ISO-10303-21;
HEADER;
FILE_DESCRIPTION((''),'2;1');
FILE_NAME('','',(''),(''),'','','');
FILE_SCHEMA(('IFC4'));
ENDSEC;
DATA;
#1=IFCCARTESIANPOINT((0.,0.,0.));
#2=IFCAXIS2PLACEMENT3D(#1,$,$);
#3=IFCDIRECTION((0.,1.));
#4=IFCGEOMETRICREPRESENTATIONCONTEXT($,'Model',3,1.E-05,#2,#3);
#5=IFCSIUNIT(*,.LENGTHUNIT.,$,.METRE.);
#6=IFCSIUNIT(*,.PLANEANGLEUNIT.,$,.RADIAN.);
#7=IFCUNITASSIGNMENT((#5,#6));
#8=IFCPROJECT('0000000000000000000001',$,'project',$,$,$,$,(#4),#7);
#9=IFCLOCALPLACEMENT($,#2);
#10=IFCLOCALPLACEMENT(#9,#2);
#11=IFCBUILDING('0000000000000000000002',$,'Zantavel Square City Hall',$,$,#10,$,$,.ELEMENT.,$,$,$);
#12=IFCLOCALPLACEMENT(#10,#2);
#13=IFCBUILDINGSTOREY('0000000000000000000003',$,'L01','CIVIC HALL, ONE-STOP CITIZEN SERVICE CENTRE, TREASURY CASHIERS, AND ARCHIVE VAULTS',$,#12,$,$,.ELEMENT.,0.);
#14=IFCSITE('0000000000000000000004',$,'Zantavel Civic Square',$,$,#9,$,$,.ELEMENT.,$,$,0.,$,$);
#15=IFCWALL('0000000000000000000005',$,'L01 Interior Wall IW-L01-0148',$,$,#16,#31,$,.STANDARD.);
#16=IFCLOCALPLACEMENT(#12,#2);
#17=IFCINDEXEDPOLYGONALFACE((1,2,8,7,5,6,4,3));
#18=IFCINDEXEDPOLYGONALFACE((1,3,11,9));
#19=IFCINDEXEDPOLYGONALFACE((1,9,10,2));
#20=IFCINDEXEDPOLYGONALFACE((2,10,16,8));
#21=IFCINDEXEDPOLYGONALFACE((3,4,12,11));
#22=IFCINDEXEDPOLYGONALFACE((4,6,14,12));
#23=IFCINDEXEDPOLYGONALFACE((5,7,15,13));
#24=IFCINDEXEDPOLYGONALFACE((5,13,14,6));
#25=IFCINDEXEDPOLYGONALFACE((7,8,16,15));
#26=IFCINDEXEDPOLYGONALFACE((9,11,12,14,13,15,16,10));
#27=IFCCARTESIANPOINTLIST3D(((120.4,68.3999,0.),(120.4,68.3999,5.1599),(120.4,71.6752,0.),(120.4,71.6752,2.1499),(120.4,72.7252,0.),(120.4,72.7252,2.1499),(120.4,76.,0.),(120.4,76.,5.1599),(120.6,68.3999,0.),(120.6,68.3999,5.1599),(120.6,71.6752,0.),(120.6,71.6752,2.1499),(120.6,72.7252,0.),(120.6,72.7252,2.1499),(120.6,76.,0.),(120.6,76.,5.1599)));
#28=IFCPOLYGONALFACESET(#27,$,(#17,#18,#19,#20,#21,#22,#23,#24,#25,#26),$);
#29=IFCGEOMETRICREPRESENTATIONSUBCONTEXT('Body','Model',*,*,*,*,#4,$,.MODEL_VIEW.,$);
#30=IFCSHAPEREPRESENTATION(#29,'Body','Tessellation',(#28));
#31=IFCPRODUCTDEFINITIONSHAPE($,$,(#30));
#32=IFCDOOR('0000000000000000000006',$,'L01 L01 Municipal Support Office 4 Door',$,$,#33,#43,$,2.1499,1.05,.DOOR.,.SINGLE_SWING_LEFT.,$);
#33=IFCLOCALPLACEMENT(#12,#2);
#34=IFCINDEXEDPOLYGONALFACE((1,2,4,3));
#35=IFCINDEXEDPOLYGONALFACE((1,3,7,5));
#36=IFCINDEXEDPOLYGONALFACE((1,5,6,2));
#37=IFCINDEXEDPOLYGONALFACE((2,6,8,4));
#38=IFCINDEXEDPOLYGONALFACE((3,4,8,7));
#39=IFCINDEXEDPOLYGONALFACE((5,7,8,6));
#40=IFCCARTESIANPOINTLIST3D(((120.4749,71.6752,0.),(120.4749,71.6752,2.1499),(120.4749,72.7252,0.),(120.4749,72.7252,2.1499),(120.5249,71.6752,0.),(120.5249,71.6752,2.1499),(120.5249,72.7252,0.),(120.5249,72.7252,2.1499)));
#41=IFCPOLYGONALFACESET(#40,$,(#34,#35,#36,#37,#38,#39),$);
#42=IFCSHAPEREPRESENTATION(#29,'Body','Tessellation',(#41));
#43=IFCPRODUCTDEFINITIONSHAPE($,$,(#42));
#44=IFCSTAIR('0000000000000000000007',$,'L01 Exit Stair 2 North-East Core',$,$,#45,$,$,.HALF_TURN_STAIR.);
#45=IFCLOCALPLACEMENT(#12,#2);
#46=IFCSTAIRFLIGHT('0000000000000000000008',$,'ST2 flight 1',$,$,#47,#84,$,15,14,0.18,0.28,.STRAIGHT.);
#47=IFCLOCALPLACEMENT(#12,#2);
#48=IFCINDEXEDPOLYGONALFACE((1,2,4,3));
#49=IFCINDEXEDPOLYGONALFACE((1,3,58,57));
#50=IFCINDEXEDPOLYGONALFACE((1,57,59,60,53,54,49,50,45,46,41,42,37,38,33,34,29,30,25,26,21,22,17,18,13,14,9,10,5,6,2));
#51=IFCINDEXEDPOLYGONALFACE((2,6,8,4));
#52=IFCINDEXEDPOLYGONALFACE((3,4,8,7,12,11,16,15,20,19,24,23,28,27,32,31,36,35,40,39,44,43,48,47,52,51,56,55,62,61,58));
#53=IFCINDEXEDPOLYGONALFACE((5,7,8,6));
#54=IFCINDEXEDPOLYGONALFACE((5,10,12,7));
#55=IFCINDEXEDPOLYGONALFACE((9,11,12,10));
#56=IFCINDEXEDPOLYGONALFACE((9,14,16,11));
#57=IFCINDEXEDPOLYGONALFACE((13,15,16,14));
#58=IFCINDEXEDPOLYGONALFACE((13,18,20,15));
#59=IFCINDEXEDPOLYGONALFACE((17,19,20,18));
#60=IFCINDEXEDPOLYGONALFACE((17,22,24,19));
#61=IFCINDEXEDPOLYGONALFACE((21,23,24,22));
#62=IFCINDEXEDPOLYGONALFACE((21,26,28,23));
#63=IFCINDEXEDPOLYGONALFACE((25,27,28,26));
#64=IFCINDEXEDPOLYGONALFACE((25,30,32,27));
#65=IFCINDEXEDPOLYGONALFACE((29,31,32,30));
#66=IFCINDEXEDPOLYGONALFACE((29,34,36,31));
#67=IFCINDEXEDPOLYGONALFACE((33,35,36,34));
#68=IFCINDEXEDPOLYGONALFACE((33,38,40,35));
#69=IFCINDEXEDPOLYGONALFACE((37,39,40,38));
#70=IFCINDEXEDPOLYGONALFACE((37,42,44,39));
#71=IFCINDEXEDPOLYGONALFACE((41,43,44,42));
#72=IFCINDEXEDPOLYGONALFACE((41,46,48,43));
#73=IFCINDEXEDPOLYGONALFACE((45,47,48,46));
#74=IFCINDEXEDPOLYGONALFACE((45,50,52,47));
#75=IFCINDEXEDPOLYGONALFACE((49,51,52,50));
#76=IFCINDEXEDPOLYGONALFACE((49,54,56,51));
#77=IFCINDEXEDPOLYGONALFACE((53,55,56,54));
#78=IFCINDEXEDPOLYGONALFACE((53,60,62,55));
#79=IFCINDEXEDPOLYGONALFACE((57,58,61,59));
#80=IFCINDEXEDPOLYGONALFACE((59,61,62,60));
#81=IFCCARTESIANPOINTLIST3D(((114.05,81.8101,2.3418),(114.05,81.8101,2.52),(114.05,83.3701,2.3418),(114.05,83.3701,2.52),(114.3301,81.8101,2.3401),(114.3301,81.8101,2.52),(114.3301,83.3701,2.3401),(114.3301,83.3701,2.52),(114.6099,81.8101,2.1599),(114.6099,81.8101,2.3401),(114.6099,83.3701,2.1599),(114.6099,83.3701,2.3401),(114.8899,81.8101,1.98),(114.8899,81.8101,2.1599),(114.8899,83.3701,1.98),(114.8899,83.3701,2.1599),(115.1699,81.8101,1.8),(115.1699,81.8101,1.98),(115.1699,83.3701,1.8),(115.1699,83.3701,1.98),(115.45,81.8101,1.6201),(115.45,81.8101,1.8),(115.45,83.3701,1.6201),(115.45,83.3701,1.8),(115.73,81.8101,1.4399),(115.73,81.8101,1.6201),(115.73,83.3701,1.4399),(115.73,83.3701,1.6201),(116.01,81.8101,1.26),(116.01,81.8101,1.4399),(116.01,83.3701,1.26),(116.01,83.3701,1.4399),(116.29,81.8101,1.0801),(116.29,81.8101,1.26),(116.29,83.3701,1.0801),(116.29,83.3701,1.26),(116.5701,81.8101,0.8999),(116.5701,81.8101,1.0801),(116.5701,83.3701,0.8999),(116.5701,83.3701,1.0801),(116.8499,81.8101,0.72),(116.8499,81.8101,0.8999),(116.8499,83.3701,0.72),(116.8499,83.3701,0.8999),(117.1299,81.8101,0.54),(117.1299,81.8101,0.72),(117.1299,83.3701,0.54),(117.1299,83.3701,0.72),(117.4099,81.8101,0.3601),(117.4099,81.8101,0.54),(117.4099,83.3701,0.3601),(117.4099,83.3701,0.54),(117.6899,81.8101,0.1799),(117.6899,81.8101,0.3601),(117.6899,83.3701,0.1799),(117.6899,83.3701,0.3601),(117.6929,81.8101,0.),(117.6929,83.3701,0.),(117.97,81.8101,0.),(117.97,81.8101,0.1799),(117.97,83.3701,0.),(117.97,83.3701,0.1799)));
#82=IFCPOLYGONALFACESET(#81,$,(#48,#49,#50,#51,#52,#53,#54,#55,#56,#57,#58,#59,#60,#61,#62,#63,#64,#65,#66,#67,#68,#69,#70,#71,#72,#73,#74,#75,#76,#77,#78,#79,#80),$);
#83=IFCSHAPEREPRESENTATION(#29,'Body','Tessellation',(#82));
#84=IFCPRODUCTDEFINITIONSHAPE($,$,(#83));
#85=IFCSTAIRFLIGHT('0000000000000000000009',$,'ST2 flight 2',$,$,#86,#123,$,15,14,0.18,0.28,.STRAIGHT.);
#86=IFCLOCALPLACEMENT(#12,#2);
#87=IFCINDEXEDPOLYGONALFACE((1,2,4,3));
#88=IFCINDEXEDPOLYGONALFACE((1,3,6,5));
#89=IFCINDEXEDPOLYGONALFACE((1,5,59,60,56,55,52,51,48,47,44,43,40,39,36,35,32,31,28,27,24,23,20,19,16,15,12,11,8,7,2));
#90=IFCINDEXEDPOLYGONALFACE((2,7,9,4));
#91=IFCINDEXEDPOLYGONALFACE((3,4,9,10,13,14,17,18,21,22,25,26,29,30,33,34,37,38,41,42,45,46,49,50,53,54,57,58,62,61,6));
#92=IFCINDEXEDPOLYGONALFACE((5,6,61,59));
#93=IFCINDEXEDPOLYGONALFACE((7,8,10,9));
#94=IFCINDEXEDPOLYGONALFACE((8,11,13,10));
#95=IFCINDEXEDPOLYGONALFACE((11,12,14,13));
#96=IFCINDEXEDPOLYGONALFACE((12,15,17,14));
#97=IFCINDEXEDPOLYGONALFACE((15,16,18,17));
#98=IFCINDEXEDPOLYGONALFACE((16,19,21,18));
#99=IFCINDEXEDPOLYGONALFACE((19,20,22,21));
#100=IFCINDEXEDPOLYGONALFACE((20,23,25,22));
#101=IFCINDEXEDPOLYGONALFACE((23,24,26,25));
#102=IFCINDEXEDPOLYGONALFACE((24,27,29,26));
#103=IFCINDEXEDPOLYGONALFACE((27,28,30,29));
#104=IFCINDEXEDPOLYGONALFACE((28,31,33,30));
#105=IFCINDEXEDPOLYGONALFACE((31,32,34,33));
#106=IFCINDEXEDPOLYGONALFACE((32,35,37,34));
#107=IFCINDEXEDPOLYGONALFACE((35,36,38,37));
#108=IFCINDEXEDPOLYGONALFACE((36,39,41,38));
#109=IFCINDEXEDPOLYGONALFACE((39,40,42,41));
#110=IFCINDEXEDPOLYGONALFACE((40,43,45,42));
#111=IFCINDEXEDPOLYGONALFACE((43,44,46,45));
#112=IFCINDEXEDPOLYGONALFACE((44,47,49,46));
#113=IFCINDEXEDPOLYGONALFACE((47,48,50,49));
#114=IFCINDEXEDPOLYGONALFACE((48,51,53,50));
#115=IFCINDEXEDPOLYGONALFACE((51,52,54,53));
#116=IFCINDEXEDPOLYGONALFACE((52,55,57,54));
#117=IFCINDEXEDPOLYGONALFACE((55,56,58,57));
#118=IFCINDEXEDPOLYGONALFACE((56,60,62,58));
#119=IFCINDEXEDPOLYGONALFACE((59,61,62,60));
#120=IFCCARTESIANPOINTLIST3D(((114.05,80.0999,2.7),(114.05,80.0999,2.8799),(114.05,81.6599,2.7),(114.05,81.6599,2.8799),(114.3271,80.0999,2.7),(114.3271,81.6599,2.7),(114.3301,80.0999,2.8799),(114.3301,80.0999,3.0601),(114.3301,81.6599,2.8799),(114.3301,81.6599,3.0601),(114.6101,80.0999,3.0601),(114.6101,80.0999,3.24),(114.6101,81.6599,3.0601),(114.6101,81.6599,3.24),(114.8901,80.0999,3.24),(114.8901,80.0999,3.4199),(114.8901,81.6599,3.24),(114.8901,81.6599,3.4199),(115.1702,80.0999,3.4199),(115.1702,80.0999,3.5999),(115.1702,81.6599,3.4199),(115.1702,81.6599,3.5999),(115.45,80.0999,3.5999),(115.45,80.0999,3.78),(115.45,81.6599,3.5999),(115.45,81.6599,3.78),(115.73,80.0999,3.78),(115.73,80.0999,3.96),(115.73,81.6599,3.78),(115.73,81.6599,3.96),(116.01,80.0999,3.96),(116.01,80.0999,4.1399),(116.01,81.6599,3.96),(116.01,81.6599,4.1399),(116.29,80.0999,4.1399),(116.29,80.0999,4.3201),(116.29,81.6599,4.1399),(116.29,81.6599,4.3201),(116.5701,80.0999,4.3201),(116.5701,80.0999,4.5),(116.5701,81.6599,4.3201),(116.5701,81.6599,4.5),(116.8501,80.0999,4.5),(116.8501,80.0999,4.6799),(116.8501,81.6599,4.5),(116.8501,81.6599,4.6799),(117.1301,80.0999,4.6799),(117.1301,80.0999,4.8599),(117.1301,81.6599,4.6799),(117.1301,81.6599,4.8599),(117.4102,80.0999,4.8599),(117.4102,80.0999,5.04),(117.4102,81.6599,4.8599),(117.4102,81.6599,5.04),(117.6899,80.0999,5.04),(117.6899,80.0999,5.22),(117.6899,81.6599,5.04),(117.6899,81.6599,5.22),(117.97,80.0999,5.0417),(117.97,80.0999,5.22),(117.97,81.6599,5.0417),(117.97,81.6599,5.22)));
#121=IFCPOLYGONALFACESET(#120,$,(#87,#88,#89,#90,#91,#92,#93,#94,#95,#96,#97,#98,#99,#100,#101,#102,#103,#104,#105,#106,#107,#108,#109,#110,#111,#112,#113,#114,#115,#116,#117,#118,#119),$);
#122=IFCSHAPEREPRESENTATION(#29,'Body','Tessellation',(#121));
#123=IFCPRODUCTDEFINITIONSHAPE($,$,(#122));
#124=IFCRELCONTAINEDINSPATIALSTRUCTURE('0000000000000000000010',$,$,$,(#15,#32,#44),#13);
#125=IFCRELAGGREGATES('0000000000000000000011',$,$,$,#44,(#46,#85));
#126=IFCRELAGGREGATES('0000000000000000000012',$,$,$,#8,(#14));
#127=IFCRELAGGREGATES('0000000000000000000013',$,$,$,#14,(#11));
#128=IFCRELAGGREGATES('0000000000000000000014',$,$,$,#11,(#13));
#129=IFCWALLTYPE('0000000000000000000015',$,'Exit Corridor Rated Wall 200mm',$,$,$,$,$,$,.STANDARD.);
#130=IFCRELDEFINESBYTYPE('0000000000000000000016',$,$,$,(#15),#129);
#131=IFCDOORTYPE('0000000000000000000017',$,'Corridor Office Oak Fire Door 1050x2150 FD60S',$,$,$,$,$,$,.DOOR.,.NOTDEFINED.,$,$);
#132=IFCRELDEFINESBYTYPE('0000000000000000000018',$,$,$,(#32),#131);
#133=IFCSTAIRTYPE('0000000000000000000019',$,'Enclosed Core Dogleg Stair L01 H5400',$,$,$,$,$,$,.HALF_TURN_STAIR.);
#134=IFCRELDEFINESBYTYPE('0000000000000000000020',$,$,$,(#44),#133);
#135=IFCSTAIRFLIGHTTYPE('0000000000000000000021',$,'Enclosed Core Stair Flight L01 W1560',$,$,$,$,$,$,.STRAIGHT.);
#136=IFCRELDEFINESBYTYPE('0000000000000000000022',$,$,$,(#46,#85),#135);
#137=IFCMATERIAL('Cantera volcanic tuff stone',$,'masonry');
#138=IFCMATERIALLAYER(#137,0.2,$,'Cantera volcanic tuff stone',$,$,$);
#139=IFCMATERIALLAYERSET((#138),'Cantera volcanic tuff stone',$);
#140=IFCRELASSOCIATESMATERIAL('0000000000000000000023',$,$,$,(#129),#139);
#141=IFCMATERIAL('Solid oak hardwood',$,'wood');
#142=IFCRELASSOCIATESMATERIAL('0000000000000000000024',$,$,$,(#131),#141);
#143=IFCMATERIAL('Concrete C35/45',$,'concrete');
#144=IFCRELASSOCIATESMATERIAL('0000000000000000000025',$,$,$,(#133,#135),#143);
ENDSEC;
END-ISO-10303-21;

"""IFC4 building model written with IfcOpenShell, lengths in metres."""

from ifc_helpers import new_model, si_unit, direction, frame, frame_2d, origin, place, context, subcontext, project, spatial, polyline, rectangle, outline, extrude, material, layer, layer_set, type_object, element, fill, aggregate, save


model = new_model("IFC4")

# Units and contexts
model_context = context("Model", 3, precision=1e-05, world=origin(), true_north=direction((0.0, 1.0)))
body_context = subcontext(model_context, "Body", "Model", "MODEL_VIEW")
ifc_project = project(units=[si_unit("LENGTHUNIT", "METRE"), si_unit("PLANEANGLEUNIT", "RADIAN")], contexts=[model_context])

# Site, building, storey
site_placement = place(None, origin())
site = spatial("IfcSite", under=ifc_project, at=site_placement, Name="Zantavel Civic Square", CompositionType="ELEMENT", RefElevation=0.0)
building_placement = place(site_placement, origin())
building = spatial("IfcBuilding", under=site, at=building_placement, Name="Zantavel Square City Hall", CompositionType="ELEMENT")
storey_placement = place(building_placement, origin())
storey = spatial("IfcBuildingStorey", under=building, at=storey_placement, Name="L01", Description="CIVIC HALL, ONE-STOP CITIZEN SERVICE CENTRE, TREASURY CASHIERS, AND ARCHIVE VAULTS", CompositionType="ELEMENT", Elevation=0.0)

# Shared definitions
ifc_material_1 = material(Name="Concrete C35/45", Category="concrete")

# Shared definitions
ifc_material_2 = material(Name="Cantera volcanic tuff stone", Category="masonry")
ifc_layer_1 = layer(ifc_material_2, 0.2, Name="Cantera volcanic tuff stone")
ifc_layer_set_1 = layer_set([ifc_layer_1], Name="Cantera volcanic tuff stone")
wall_type_1 = type_object("IfcWallType", Name="Exit Corridor Rated Wall 200mm", PredefinedType="STANDARD", material=ifc_layer_set_1)

# Wall, opening, door
wall_1_placement = place(storey_placement, frame((120.5, 76.0, 0.0), z_axis=(0.0, 0.0, 1.0), x_axis=(0.0, -1.0, 0.0)))
wall_1 = element("IfcWall", 1, at=wall_1_placement, inside=storey, type_object=wall_type_1, Name="L01 Interior Wall IW-L01-0148", PredefinedType="STANDARD", context=body_context, shape_type="SweptSolid", body=[
    extrude(rectangle(XDim=7.6001, YDim=0.2, at=frame_2d((3.8, 0.0))), origin(), (0.0, 0.0, 1.0), 5.1599),
])
opening_1_placement = place(wall_1_placement, frame((3.2749, 0.0, 0.0)))
opening_1 = element("IfcOpeningElement", 2, at=opening_1_placement, cuts=wall_1, PredefinedType="OPENING", context=body_context, shape_type="SweptSolid", body=[
    extrude(rectangle(XDim=1.05, YDim=2.1499, at=frame_2d((0.5249, 1.075))), frame((0.0, 0.1099, 0.0), z_axis=(0.0, -1.0, 0.0), x_axis=(1.0, 0.0, 0.0)), (0.0, 0.0, 1.0), 0.22),
])
ifc_material_3 = material(Name="Solid oak hardwood", Category="wood")
door_type_1 = type_object("IfcDoorType", Name="Corridor Office Oak Fire Door 1050x2150 FD60S", OperationType="NOTDEFINED", PredefinedType="DOOR", material=ifc_material_3)
door_1_placement = place(opening_1_placement, origin())
door_1 = element("IfcDoor", 3, at=door_1_placement, inside=storey, type_object=door_type_1, Name="L01 L01 Municipal Support Office 4 Door", OperationType="SINGLE_SWING_LEFT", OverallHeight=2.1499, OverallWidth=1.05, PredefinedType="DOOR", context=body_context, shape_type="SweptSolid", body=[
    extrude(rectangle(XDim=1.05, YDim=2.1499, at=frame_2d((0.5249, 1.075))), frame((0.0, 0.0249, 0.0), z_axis=(0.0, -1.0, 0.0), x_axis=(1.0, 0.0, 0.0)), (0.0, 0.0, 1.0), 0.05),
])
fill(opening_1, door_1)

# Stair, stair flights
stair_type = type_object("IfcStairType", Name="Enclosed Core Dogleg Stair L01 H5400", PredefinedType="HALF_TURN_STAIR", material=ifc_material_1)
stair_placement = place(storey_placement, origin())
stair = element("IfcStair", 4, at=stair_placement, inside=storey, type_object=stair_type, Name="L01 Exit Stair 2 North-East Core", PredefinedType="HALF_TURN_STAIR")
stair_flight_type = type_object("IfcStairFlightType", Name="Enclosed Core Stair Flight L01 W1560", PredefinedType="STRAIGHT", material=ifc_material_1)
stair_flight_1_placement = place(storey_placement, frame((117.97, 82.5901, 0.0), z_axis=(0.0, 0.0, 1.0), x_axis=(-1.0, 0.0, 0.0)))
stair_flight_1 = element("IfcStairFlight", 5, at=stair_flight_1_placement, type_object=stair_flight_type, Name="ST2 flight 1", NumberOfRisers=15, NumberOfTreads=14, PredefinedType="STRAIGHT", RiserHeight=0.18, TreadLength=0.28, context=body_context, shape_type="SweptSolid", body=[
    extrude(outline(polyline([(0.0, 0.0), (0.0, 0.1799), (0.28, 0.1799), (0.28, 0.3601), (0.5601, 0.3601), (0.5601, 0.54), (0.8401, 0.54), (0.8401, 0.72), (1.1201, 0.72), (1.1201, 0.8999), (1.3999, 0.8999), (1.3999, 1.0801), (1.6799, 1.0801), (1.6799, 1.26), (1.96, 1.26), (1.96, 1.4399), (2.24, 1.4399), (2.24, 1.6201), (2.52, 1.6201), (2.52, 1.8), (2.8, 1.8), (2.8, 1.98), (3.0801, 1.98), (3.0801, 2.1599), (3.3601, 2.1599), (3.3601, 2.3401), (3.6399, 2.3401), (3.6399, 2.52), (3.9199, 2.52), (3.9199, 2.7), (3.9199, 2.3418), (0.2771, 0.0), (0.0, 0.0)])), frame((0.0, 0.78, 0.0), z_axis=(0.0, -1.0, 0.0), x_axis=(1.0, 0.0, 0.0)), (0.0, 0.0, 1.0), 1.5601),
])
stair_flight_2_placement = place(storey_placement, frame((114.05, 80.8799, 2.7), z_axis=(0.0, 0.0, 1.0), x_axis=(1.0, 0.0, 0.0)))
stair_flight_2 = element("IfcStairFlight", 6, at=stair_flight_2_placement, type_object=stair_flight_type, Name="ST2 flight 2", NumberOfRisers=15, NumberOfTreads=14, PredefinedType="STRAIGHT", RiserHeight=0.18, TreadLength=0.28, context=body_context, shape_type="SweptSolid", body=[
    extrude(outline(polyline([(0.0, 0.0), (0.0, 0.1799), (0.28, 0.1799), (0.28, 0.3601), (0.5601, 0.3601), (0.5601, 0.54), (0.8401, 0.54), (0.8401, 0.72), (1.1201, 0.72), (1.1201, 0.8999), (1.3999, 0.8999), (1.3999, 1.0801), (1.6799, 1.0801), (1.6799, 1.26), (1.96, 1.26), (1.96, 1.4399), (2.24, 1.4399), (2.24, 1.6201), (2.52, 1.6201), (2.52, 1.8), (2.8, 1.8), (2.8, 1.98), (3.0801, 1.98), (3.0801, 2.1599), (3.3601, 2.1599), (3.3601, 2.3401), (3.6399, 2.3401), (3.6399, 2.52), (3.9199, 2.52), (3.9199, 2.7), (3.9199, 2.3418), (0.2771, 0.0), (0.0, 0.0)])), frame((0.0, 0.78, 0.0), z_axis=(0.0, -1.0, 0.0), x_axis=(1.0, 0.0, 0.0)), (0.0, 0.0, 1.0), 1.5601),
])
aggregate(stair, [stair_flight_1, stair_flight_2])

save(model, "model.ifc")
